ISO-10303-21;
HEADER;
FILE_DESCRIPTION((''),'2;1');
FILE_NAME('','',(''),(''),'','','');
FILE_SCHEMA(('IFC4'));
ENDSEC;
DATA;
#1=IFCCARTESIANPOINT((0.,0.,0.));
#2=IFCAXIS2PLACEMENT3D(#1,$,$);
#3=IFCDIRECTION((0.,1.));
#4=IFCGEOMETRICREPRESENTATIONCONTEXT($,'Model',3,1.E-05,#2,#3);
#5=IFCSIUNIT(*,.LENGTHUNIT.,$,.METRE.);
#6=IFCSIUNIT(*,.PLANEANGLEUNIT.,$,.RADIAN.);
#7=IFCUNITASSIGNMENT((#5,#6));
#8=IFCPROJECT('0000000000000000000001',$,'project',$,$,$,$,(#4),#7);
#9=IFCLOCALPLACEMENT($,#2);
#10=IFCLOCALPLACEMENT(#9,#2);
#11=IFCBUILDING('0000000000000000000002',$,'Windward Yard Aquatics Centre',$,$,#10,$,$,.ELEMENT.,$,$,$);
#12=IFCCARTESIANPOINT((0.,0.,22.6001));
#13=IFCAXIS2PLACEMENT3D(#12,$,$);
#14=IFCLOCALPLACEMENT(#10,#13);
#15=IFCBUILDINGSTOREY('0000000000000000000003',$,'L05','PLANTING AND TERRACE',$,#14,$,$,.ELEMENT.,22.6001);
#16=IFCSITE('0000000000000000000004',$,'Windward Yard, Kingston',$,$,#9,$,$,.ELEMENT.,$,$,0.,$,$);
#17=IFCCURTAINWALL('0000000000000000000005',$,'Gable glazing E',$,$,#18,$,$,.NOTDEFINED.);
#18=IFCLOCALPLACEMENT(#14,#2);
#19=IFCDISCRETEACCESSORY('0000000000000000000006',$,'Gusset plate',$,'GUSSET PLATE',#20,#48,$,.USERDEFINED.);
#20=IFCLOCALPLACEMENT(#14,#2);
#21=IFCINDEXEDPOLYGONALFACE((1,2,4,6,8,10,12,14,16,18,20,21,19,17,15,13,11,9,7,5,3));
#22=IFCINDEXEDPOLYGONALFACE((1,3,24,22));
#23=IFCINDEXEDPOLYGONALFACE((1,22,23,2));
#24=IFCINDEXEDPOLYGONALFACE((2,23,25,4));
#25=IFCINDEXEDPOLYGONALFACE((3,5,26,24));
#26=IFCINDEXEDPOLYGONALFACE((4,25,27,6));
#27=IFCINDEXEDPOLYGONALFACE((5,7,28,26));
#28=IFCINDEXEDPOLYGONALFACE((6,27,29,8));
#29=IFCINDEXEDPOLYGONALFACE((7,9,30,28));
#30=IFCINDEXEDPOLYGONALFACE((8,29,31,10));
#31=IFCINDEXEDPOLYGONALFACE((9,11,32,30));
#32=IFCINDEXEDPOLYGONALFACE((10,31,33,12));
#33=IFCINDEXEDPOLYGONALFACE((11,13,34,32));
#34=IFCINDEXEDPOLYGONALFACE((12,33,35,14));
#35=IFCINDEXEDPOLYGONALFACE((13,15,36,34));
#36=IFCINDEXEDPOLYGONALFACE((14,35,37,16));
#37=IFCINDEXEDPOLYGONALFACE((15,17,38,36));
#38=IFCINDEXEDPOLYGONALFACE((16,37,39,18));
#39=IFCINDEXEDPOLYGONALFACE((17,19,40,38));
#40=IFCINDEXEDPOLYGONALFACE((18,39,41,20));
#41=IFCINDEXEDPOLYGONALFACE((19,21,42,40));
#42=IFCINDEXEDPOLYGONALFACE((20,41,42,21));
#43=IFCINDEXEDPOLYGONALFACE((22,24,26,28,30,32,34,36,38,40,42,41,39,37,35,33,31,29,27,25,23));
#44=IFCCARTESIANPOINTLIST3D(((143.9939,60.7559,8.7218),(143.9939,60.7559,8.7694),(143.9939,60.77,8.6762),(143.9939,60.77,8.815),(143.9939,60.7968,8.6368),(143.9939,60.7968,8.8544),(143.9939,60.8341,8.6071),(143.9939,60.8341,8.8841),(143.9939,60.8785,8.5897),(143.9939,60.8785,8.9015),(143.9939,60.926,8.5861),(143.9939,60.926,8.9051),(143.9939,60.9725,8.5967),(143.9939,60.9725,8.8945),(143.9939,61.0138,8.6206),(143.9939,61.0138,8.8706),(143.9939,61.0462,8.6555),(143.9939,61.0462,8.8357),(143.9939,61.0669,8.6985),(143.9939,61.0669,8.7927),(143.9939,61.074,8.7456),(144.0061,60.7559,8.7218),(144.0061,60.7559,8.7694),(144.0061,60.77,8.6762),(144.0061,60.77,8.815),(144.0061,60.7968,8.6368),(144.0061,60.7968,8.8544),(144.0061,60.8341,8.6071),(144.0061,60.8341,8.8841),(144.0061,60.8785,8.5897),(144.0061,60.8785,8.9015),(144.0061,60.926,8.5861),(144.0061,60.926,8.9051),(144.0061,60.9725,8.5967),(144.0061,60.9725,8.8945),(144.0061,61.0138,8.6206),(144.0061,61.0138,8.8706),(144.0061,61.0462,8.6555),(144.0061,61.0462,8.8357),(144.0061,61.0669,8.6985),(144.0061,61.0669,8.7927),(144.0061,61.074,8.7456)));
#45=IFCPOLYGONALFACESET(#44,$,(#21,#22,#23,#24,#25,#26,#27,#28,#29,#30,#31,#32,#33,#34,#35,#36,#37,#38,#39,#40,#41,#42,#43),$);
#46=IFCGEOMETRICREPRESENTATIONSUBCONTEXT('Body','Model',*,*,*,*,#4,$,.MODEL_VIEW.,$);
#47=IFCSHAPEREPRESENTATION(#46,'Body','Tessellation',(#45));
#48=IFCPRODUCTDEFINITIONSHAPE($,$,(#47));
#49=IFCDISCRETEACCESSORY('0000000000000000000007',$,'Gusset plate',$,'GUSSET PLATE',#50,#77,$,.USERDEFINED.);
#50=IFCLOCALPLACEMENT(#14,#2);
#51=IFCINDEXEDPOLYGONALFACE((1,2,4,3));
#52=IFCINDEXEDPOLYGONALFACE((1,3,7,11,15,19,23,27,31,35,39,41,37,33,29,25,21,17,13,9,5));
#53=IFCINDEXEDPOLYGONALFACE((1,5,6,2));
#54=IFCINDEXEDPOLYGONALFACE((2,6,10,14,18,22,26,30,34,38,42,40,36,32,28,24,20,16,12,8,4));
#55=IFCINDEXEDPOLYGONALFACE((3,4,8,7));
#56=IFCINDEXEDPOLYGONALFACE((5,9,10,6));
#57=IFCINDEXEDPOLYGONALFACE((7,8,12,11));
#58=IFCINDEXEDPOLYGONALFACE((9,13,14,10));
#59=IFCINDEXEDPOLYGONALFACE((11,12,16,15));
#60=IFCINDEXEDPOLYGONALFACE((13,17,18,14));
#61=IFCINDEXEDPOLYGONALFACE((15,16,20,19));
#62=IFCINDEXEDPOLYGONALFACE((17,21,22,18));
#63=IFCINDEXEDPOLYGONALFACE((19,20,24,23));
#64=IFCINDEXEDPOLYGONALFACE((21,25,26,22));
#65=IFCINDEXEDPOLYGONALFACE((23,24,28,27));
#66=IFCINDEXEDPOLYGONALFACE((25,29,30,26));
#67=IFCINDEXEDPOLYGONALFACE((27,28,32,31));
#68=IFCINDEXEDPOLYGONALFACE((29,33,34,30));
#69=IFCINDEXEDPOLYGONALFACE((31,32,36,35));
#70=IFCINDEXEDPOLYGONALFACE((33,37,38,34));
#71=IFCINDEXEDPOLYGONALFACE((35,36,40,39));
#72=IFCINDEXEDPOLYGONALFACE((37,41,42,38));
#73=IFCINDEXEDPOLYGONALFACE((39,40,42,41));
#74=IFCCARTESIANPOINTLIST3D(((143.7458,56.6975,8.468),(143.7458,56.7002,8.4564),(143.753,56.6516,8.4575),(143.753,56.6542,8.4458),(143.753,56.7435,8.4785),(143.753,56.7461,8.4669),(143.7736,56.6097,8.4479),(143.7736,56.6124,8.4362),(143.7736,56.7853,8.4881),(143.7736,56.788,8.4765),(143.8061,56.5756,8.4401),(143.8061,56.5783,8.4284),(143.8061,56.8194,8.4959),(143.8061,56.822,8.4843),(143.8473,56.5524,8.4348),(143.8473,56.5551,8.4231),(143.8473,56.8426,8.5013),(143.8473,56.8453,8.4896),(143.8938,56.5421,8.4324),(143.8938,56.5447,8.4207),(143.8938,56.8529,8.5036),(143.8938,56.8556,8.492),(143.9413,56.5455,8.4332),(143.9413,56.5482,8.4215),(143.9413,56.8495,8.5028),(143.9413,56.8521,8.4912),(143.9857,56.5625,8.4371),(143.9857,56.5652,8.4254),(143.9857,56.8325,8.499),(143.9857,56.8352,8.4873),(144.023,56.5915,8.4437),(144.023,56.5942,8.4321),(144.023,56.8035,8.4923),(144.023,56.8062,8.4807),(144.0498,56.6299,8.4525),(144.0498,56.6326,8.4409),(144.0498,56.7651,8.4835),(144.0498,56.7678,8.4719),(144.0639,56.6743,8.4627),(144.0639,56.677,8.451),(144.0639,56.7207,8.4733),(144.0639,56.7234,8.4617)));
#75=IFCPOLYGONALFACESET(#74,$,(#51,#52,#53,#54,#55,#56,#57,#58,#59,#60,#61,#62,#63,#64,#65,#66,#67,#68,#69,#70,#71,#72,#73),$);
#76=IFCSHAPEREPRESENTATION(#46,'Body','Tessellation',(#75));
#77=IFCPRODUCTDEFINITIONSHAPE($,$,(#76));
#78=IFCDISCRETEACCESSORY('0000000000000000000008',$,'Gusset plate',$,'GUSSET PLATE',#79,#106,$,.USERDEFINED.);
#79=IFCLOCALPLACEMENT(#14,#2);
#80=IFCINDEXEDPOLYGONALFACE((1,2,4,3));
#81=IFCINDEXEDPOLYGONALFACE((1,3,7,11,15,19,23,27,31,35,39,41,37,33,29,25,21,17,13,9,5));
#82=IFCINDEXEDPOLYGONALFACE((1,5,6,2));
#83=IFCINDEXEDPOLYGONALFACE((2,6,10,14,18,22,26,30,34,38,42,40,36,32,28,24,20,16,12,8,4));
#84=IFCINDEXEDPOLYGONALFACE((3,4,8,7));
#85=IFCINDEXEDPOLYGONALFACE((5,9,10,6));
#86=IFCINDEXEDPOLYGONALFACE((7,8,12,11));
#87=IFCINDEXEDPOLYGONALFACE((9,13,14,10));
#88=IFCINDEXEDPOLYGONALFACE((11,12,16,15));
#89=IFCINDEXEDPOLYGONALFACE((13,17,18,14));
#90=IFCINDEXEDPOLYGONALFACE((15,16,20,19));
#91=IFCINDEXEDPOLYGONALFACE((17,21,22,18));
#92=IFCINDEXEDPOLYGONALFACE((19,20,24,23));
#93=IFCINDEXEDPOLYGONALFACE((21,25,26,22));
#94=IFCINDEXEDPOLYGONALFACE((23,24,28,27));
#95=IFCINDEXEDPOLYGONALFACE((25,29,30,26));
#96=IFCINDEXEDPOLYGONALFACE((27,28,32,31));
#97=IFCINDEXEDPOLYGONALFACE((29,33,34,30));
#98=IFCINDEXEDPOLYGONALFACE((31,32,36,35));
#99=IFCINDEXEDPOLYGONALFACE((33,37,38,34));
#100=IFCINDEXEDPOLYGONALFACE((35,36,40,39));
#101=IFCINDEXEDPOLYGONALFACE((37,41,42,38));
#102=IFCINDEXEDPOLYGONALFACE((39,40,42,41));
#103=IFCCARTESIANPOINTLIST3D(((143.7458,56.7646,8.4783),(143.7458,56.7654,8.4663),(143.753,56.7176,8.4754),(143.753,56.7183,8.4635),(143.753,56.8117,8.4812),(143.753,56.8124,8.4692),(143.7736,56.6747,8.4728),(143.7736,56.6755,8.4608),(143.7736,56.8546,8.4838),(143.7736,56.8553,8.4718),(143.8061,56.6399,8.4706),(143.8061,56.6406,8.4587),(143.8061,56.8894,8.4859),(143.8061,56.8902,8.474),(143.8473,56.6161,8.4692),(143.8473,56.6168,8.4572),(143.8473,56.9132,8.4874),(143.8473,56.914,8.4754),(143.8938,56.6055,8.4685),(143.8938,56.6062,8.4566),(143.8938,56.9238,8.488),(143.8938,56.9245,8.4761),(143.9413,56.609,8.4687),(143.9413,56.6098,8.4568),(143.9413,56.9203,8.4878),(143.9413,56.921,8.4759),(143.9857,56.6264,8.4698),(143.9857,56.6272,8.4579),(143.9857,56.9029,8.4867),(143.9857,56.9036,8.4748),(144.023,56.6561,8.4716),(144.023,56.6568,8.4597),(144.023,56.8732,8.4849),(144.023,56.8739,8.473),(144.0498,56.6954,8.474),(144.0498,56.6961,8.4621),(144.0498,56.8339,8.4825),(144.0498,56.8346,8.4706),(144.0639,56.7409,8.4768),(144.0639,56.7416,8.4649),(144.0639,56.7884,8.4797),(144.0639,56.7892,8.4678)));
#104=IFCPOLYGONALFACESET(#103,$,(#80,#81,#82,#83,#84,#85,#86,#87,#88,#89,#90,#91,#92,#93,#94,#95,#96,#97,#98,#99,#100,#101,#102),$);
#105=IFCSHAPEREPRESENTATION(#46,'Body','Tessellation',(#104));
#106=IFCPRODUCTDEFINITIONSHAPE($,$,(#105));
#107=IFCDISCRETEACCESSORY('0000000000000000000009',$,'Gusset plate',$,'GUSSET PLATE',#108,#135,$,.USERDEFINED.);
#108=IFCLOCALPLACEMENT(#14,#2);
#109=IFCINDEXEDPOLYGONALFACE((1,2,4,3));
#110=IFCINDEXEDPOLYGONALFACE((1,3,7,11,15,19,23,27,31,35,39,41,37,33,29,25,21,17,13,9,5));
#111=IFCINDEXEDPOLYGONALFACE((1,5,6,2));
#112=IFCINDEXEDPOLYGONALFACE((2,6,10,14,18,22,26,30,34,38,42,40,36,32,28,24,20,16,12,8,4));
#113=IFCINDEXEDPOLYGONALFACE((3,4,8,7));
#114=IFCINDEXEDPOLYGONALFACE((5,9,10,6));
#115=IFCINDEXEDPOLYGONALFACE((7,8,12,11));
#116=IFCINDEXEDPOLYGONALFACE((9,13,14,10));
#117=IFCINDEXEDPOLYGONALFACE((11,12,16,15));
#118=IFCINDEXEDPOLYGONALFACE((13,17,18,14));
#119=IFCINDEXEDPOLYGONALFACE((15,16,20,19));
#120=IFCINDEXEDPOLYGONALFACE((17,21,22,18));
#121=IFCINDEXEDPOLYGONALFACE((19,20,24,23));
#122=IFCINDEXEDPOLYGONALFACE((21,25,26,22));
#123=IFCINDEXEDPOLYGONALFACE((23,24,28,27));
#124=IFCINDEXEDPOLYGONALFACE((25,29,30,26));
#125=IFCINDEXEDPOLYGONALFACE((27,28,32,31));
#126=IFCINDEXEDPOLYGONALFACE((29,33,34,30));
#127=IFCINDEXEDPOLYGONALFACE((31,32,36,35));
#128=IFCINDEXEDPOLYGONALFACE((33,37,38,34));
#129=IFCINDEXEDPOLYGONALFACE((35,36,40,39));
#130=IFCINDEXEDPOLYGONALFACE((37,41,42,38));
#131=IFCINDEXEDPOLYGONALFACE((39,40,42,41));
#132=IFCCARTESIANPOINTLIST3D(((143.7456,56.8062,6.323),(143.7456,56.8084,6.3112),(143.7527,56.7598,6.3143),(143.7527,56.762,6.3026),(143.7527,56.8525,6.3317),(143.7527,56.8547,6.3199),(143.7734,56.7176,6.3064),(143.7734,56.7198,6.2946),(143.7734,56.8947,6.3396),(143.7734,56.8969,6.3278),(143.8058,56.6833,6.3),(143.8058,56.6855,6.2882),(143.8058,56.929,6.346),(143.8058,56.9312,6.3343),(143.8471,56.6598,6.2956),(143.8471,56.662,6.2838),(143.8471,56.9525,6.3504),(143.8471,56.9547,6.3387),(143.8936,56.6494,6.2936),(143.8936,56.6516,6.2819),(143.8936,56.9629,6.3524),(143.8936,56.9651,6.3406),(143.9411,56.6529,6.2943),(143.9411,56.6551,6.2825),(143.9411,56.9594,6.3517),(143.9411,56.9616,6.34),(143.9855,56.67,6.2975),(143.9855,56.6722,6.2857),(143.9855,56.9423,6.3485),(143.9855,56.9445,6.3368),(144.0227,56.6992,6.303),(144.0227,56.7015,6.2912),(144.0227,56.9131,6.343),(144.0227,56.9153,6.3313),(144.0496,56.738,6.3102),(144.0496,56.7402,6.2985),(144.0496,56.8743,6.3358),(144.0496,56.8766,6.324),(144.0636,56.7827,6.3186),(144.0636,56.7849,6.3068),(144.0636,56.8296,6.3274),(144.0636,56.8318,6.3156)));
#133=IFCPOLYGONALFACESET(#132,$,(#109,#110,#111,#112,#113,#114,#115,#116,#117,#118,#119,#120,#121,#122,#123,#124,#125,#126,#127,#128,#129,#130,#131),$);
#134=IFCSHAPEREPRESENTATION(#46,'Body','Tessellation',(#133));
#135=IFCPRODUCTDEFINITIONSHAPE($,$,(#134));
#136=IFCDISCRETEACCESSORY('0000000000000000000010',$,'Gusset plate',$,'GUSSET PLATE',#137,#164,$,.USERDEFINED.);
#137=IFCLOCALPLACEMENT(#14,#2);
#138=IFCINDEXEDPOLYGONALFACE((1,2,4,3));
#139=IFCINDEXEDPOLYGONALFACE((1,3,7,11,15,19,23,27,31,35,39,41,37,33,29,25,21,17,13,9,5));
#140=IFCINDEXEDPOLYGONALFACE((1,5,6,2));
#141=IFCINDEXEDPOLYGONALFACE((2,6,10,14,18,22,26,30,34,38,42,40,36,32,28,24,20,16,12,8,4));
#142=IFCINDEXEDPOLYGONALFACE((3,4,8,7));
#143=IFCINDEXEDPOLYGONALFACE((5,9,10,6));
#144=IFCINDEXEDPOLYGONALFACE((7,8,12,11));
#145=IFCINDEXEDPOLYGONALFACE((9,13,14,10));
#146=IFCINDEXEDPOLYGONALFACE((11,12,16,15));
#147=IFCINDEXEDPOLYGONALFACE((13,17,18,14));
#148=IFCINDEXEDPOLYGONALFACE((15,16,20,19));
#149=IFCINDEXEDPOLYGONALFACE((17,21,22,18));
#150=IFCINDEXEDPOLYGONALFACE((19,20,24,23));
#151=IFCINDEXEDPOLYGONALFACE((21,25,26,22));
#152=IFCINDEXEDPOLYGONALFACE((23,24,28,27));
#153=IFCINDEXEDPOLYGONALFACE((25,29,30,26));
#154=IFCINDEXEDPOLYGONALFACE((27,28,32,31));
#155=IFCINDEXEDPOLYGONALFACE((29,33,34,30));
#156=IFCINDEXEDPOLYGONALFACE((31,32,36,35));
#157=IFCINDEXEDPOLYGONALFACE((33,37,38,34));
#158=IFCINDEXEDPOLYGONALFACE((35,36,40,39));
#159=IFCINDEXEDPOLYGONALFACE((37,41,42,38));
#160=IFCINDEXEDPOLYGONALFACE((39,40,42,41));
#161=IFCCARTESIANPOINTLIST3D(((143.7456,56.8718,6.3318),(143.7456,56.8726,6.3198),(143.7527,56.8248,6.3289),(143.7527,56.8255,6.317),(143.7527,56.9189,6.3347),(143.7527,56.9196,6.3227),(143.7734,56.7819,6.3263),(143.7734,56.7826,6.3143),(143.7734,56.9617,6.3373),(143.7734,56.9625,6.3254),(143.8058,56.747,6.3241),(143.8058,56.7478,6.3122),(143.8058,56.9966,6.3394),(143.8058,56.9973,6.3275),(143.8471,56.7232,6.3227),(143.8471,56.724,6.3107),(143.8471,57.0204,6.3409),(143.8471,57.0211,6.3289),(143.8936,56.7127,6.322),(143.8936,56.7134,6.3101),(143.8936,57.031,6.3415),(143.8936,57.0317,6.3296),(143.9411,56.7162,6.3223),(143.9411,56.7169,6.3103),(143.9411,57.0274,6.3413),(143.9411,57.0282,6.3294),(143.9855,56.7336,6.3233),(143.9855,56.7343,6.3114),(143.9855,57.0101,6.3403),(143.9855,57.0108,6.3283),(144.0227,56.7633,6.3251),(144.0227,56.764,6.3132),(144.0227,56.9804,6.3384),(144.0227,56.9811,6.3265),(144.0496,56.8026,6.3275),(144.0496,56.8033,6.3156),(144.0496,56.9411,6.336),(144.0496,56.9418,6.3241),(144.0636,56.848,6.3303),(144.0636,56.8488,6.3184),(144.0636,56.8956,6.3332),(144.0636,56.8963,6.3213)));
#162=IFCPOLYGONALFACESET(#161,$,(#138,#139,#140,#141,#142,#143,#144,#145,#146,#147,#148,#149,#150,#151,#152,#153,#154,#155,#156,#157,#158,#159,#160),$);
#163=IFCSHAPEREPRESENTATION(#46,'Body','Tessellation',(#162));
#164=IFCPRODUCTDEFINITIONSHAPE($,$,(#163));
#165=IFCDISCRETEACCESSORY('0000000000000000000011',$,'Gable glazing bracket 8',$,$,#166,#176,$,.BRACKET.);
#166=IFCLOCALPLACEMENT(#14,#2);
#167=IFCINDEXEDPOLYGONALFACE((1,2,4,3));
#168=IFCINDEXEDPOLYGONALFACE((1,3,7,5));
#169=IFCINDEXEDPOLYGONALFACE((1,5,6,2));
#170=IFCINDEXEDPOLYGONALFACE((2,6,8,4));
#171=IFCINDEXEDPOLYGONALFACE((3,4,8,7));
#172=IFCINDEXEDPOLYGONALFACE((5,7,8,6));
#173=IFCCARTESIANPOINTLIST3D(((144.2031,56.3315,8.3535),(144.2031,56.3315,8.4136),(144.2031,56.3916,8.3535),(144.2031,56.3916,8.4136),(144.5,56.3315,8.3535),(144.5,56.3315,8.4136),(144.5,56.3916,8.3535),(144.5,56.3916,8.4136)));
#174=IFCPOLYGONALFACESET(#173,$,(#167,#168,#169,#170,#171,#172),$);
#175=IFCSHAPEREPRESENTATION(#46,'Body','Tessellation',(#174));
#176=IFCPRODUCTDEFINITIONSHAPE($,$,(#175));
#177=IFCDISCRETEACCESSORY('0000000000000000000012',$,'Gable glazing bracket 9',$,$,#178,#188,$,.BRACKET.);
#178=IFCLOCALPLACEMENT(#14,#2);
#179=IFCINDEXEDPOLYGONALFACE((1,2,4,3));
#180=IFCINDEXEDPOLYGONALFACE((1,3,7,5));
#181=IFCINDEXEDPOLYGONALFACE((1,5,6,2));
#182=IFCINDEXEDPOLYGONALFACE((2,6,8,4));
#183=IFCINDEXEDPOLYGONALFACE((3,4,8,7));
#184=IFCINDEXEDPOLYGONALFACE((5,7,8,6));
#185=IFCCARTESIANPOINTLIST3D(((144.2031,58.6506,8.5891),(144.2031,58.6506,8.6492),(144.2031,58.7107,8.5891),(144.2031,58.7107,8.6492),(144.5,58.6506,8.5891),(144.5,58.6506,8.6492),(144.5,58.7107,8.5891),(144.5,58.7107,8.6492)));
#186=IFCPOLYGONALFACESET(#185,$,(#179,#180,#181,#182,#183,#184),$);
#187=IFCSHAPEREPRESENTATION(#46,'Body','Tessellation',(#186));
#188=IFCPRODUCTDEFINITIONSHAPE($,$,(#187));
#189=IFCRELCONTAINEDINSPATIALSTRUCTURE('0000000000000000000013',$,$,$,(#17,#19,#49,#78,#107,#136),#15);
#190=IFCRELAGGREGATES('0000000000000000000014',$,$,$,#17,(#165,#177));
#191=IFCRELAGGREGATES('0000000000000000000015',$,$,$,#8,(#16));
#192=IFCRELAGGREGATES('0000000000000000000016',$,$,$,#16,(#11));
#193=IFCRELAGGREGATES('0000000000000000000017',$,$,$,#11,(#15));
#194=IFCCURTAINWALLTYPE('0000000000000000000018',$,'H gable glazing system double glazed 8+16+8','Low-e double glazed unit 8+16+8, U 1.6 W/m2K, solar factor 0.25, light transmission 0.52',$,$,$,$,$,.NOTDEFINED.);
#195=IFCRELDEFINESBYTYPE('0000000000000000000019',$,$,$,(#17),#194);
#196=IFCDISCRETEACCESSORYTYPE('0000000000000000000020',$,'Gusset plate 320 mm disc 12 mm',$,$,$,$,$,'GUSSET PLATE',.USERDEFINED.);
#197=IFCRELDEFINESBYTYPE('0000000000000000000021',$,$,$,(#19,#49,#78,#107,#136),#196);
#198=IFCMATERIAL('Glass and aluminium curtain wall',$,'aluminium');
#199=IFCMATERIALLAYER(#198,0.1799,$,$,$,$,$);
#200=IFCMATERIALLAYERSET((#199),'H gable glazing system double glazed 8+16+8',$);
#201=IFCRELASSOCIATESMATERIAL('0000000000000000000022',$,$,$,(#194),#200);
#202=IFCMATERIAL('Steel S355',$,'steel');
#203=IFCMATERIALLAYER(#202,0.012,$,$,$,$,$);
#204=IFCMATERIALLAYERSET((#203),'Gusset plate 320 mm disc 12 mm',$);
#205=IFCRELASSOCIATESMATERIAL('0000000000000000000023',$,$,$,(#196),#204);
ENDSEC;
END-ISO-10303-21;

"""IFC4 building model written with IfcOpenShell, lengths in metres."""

from ifc_helpers import new_model, si_unit, direction, frame, origin, origin_2d, place, context, subcontext, project, spatial, rectangle, circle, extrude, material, layer, layer_set, type_object, element, aggregate, save


model = new_model("IFC4")

# Units and contexts
model_context = context("Model", 3, precision=1e-05, world=origin(), true_north=direction((0.0, 1.0)))
body_context = subcontext(model_context, "Body", "Model", "MODEL_VIEW")
ifc_project = project(units=[si_unit("LENGTHUNIT", "METRE"), si_unit("PLANEANGLEUNIT", "RADIAN")], contexts=[model_context])

# Site, building, storey
site_placement = place(None, origin())
site = spatial("IfcSite", under=ifc_project, at=site_placement, Name="Windward Yard, Kingston", CompositionType="ELEMENT", RefElevation=0.0)
building_placement = place(site_placement, origin())
building = spatial("IfcBuilding", under=site, at=building_placement, Name="Windward Yard Aquatics Centre", CompositionType="ELEMENT")
storey_placement = place(building_placement, frame((0.0, 0.0, 22.6001)))
storey = spatial("IfcBuildingStorey", under=building, at=storey_placement, Name="L05", Description="PLANTING AND TERRACE", CompositionType="ELEMENT", Elevation=22.6001)

# Curtain wall
ifc_material_1 = material(Name="Glass and aluminium curtain wall", Category="aluminium")
ifc_layer_1 = layer(ifc_material_1, 0.1799)
ifc_layer_set_1 = layer_set([ifc_layer_1], Name="H gable glazing system double glazed 8+16+8")
curtain_wall_type = type_object("IfcCurtainWallType", Name="H gable glazing system double glazed 8+16+8", Description="Low-e double glazed unit 8+16+8, U 1.6 W/m2K, solar factor 0.25, light transmission 0.52", PredefinedType="NOTDEFINED", material=ifc_layer_set_1)
curtain_wall_placement = place(storey_placement, origin())
curtain_wall = element("IfcCurtainWall", 1, at=curtain_wall_placement, inside=storey, type_object=curtain_wall_type, Name="Gable glazing E", PredefinedType="NOTDEFINED")

# Discrete accessories
ifc_material_2 = material(Name="Steel S355", Category="steel")
ifc_layer_2 = layer(ifc_material_2, 0.012)
ifc_layer_set_2 = layer_set([ifc_layer_2], Name="Gusset plate 320 mm disc 12 mm")
discrete_accessory_type = type_object("IfcDiscreteAccessoryType", Name="Gusset plate 320 mm disc 12 mm", ElementType="GUSSET PLATE", PredefinedType="USERDEFINED", material=ifc_layer_set_2)
for number, where, z_axis, x_axis, name in (
    (2, (143.9939, 60.9141, 8.7456), (1.0, 0.0, 0.0), (0.0, 1.0, 0.0), "Gusset plate"),
):
    element("IfcDiscreteAccessory", number, at=place(storey_placement, frame(where, z_axis=z_axis, x_axis=x_axis)), inside=storey, type_object=discrete_accessory_type, Name=name, ObjectType="GUSSET PLATE", PredefinedType="USERDEFINED", context=body_context, shape_type="SweptSolid", body=[
        extrude(circle(Radius=0.1599, at=origin_2d()), origin(), (0.0, 0.0, 1.0), 0.0122),
    ])
for number, where, z_axis, x_axis, name in (
    (3, (143.9058, 56.6975, 8.468), (0.0, 0.223376, -0.974732), (-1.0, 0.0, 0.0), "Gusset plate"),
    (4, (143.9058, 56.7646, 8.4783), (0.0, 0.06111, -0.998131), (-1.0, 0.0, 0.0), "Gusset plate"),
    (5, (143.9055, 56.8062, 6.323), (0.0, 0.184289, -0.982872), (-1.0, 0.0, 0.0), "Gusset plate"),
    (6, (143.9055, 56.8718, 6.3318), (0.0, 0.06111, -0.998131), (-1.0, 0.0, 0.0), "Gusset plate"),
):
    element("IfcDiscreteAccessory", number, at=place(storey_placement, frame(where, z_axis=z_axis, x_axis=x_axis)), inside=storey, type_object=discrete_accessory_type, Name=name, ObjectType="GUSSET PLATE", PredefinedType="USERDEFINED", context=body_context, shape_type="SweptSolid", body=[
        extrude(circle(Radius=0.1599, at=origin_2d()), origin(), (0.0, 0.0, 1.0), 0.012),
    ])

# Discrete accessories
discrete_accessory_1_placement = place(storey_placement, frame((144.2031, 56.3616, 8.3835), z_axis=(1.0, 0.0, 0.0), x_axis=(0.0, 1.0, 0.0)))
discrete_accessory_1 = element("IfcDiscreteAccessory", 7, at=discrete_accessory_1_placement, Name="Gable glazing bracket 8", PredefinedType="BRACKET", context=body_context, shape_type="SweptSolid", body=[
    extrude(rectangle(XDim=0.0601, YDim=0.0601, at=origin_2d()), origin(), (0.0, 0.0, 1.0), 0.2969),
])
discrete_accessory_2_placement = place(storey_placement, frame((144.2031, 58.6807, 8.6191), z_axis=(1.0, 0.0, 0.0), x_axis=(0.0, 1.0, 0.0)))
discrete_accessory_2 = element("IfcDiscreteAccessory", 8, at=discrete_accessory_2_placement, Name="Gable glazing bracket 9", PredefinedType="BRACKET", context=body_context, shape_type="SweptSolid", body=[
    extrude(rectangle(XDim=0.0601, YDim=0.0601, at=origin_2d()), origin(), (0.0, 0.0, 1.0), 0.2969),
])
aggregate(curtain_wall, [discrete_accessory_1, discrete_accessory_2])

save(model, "model.ifc")
